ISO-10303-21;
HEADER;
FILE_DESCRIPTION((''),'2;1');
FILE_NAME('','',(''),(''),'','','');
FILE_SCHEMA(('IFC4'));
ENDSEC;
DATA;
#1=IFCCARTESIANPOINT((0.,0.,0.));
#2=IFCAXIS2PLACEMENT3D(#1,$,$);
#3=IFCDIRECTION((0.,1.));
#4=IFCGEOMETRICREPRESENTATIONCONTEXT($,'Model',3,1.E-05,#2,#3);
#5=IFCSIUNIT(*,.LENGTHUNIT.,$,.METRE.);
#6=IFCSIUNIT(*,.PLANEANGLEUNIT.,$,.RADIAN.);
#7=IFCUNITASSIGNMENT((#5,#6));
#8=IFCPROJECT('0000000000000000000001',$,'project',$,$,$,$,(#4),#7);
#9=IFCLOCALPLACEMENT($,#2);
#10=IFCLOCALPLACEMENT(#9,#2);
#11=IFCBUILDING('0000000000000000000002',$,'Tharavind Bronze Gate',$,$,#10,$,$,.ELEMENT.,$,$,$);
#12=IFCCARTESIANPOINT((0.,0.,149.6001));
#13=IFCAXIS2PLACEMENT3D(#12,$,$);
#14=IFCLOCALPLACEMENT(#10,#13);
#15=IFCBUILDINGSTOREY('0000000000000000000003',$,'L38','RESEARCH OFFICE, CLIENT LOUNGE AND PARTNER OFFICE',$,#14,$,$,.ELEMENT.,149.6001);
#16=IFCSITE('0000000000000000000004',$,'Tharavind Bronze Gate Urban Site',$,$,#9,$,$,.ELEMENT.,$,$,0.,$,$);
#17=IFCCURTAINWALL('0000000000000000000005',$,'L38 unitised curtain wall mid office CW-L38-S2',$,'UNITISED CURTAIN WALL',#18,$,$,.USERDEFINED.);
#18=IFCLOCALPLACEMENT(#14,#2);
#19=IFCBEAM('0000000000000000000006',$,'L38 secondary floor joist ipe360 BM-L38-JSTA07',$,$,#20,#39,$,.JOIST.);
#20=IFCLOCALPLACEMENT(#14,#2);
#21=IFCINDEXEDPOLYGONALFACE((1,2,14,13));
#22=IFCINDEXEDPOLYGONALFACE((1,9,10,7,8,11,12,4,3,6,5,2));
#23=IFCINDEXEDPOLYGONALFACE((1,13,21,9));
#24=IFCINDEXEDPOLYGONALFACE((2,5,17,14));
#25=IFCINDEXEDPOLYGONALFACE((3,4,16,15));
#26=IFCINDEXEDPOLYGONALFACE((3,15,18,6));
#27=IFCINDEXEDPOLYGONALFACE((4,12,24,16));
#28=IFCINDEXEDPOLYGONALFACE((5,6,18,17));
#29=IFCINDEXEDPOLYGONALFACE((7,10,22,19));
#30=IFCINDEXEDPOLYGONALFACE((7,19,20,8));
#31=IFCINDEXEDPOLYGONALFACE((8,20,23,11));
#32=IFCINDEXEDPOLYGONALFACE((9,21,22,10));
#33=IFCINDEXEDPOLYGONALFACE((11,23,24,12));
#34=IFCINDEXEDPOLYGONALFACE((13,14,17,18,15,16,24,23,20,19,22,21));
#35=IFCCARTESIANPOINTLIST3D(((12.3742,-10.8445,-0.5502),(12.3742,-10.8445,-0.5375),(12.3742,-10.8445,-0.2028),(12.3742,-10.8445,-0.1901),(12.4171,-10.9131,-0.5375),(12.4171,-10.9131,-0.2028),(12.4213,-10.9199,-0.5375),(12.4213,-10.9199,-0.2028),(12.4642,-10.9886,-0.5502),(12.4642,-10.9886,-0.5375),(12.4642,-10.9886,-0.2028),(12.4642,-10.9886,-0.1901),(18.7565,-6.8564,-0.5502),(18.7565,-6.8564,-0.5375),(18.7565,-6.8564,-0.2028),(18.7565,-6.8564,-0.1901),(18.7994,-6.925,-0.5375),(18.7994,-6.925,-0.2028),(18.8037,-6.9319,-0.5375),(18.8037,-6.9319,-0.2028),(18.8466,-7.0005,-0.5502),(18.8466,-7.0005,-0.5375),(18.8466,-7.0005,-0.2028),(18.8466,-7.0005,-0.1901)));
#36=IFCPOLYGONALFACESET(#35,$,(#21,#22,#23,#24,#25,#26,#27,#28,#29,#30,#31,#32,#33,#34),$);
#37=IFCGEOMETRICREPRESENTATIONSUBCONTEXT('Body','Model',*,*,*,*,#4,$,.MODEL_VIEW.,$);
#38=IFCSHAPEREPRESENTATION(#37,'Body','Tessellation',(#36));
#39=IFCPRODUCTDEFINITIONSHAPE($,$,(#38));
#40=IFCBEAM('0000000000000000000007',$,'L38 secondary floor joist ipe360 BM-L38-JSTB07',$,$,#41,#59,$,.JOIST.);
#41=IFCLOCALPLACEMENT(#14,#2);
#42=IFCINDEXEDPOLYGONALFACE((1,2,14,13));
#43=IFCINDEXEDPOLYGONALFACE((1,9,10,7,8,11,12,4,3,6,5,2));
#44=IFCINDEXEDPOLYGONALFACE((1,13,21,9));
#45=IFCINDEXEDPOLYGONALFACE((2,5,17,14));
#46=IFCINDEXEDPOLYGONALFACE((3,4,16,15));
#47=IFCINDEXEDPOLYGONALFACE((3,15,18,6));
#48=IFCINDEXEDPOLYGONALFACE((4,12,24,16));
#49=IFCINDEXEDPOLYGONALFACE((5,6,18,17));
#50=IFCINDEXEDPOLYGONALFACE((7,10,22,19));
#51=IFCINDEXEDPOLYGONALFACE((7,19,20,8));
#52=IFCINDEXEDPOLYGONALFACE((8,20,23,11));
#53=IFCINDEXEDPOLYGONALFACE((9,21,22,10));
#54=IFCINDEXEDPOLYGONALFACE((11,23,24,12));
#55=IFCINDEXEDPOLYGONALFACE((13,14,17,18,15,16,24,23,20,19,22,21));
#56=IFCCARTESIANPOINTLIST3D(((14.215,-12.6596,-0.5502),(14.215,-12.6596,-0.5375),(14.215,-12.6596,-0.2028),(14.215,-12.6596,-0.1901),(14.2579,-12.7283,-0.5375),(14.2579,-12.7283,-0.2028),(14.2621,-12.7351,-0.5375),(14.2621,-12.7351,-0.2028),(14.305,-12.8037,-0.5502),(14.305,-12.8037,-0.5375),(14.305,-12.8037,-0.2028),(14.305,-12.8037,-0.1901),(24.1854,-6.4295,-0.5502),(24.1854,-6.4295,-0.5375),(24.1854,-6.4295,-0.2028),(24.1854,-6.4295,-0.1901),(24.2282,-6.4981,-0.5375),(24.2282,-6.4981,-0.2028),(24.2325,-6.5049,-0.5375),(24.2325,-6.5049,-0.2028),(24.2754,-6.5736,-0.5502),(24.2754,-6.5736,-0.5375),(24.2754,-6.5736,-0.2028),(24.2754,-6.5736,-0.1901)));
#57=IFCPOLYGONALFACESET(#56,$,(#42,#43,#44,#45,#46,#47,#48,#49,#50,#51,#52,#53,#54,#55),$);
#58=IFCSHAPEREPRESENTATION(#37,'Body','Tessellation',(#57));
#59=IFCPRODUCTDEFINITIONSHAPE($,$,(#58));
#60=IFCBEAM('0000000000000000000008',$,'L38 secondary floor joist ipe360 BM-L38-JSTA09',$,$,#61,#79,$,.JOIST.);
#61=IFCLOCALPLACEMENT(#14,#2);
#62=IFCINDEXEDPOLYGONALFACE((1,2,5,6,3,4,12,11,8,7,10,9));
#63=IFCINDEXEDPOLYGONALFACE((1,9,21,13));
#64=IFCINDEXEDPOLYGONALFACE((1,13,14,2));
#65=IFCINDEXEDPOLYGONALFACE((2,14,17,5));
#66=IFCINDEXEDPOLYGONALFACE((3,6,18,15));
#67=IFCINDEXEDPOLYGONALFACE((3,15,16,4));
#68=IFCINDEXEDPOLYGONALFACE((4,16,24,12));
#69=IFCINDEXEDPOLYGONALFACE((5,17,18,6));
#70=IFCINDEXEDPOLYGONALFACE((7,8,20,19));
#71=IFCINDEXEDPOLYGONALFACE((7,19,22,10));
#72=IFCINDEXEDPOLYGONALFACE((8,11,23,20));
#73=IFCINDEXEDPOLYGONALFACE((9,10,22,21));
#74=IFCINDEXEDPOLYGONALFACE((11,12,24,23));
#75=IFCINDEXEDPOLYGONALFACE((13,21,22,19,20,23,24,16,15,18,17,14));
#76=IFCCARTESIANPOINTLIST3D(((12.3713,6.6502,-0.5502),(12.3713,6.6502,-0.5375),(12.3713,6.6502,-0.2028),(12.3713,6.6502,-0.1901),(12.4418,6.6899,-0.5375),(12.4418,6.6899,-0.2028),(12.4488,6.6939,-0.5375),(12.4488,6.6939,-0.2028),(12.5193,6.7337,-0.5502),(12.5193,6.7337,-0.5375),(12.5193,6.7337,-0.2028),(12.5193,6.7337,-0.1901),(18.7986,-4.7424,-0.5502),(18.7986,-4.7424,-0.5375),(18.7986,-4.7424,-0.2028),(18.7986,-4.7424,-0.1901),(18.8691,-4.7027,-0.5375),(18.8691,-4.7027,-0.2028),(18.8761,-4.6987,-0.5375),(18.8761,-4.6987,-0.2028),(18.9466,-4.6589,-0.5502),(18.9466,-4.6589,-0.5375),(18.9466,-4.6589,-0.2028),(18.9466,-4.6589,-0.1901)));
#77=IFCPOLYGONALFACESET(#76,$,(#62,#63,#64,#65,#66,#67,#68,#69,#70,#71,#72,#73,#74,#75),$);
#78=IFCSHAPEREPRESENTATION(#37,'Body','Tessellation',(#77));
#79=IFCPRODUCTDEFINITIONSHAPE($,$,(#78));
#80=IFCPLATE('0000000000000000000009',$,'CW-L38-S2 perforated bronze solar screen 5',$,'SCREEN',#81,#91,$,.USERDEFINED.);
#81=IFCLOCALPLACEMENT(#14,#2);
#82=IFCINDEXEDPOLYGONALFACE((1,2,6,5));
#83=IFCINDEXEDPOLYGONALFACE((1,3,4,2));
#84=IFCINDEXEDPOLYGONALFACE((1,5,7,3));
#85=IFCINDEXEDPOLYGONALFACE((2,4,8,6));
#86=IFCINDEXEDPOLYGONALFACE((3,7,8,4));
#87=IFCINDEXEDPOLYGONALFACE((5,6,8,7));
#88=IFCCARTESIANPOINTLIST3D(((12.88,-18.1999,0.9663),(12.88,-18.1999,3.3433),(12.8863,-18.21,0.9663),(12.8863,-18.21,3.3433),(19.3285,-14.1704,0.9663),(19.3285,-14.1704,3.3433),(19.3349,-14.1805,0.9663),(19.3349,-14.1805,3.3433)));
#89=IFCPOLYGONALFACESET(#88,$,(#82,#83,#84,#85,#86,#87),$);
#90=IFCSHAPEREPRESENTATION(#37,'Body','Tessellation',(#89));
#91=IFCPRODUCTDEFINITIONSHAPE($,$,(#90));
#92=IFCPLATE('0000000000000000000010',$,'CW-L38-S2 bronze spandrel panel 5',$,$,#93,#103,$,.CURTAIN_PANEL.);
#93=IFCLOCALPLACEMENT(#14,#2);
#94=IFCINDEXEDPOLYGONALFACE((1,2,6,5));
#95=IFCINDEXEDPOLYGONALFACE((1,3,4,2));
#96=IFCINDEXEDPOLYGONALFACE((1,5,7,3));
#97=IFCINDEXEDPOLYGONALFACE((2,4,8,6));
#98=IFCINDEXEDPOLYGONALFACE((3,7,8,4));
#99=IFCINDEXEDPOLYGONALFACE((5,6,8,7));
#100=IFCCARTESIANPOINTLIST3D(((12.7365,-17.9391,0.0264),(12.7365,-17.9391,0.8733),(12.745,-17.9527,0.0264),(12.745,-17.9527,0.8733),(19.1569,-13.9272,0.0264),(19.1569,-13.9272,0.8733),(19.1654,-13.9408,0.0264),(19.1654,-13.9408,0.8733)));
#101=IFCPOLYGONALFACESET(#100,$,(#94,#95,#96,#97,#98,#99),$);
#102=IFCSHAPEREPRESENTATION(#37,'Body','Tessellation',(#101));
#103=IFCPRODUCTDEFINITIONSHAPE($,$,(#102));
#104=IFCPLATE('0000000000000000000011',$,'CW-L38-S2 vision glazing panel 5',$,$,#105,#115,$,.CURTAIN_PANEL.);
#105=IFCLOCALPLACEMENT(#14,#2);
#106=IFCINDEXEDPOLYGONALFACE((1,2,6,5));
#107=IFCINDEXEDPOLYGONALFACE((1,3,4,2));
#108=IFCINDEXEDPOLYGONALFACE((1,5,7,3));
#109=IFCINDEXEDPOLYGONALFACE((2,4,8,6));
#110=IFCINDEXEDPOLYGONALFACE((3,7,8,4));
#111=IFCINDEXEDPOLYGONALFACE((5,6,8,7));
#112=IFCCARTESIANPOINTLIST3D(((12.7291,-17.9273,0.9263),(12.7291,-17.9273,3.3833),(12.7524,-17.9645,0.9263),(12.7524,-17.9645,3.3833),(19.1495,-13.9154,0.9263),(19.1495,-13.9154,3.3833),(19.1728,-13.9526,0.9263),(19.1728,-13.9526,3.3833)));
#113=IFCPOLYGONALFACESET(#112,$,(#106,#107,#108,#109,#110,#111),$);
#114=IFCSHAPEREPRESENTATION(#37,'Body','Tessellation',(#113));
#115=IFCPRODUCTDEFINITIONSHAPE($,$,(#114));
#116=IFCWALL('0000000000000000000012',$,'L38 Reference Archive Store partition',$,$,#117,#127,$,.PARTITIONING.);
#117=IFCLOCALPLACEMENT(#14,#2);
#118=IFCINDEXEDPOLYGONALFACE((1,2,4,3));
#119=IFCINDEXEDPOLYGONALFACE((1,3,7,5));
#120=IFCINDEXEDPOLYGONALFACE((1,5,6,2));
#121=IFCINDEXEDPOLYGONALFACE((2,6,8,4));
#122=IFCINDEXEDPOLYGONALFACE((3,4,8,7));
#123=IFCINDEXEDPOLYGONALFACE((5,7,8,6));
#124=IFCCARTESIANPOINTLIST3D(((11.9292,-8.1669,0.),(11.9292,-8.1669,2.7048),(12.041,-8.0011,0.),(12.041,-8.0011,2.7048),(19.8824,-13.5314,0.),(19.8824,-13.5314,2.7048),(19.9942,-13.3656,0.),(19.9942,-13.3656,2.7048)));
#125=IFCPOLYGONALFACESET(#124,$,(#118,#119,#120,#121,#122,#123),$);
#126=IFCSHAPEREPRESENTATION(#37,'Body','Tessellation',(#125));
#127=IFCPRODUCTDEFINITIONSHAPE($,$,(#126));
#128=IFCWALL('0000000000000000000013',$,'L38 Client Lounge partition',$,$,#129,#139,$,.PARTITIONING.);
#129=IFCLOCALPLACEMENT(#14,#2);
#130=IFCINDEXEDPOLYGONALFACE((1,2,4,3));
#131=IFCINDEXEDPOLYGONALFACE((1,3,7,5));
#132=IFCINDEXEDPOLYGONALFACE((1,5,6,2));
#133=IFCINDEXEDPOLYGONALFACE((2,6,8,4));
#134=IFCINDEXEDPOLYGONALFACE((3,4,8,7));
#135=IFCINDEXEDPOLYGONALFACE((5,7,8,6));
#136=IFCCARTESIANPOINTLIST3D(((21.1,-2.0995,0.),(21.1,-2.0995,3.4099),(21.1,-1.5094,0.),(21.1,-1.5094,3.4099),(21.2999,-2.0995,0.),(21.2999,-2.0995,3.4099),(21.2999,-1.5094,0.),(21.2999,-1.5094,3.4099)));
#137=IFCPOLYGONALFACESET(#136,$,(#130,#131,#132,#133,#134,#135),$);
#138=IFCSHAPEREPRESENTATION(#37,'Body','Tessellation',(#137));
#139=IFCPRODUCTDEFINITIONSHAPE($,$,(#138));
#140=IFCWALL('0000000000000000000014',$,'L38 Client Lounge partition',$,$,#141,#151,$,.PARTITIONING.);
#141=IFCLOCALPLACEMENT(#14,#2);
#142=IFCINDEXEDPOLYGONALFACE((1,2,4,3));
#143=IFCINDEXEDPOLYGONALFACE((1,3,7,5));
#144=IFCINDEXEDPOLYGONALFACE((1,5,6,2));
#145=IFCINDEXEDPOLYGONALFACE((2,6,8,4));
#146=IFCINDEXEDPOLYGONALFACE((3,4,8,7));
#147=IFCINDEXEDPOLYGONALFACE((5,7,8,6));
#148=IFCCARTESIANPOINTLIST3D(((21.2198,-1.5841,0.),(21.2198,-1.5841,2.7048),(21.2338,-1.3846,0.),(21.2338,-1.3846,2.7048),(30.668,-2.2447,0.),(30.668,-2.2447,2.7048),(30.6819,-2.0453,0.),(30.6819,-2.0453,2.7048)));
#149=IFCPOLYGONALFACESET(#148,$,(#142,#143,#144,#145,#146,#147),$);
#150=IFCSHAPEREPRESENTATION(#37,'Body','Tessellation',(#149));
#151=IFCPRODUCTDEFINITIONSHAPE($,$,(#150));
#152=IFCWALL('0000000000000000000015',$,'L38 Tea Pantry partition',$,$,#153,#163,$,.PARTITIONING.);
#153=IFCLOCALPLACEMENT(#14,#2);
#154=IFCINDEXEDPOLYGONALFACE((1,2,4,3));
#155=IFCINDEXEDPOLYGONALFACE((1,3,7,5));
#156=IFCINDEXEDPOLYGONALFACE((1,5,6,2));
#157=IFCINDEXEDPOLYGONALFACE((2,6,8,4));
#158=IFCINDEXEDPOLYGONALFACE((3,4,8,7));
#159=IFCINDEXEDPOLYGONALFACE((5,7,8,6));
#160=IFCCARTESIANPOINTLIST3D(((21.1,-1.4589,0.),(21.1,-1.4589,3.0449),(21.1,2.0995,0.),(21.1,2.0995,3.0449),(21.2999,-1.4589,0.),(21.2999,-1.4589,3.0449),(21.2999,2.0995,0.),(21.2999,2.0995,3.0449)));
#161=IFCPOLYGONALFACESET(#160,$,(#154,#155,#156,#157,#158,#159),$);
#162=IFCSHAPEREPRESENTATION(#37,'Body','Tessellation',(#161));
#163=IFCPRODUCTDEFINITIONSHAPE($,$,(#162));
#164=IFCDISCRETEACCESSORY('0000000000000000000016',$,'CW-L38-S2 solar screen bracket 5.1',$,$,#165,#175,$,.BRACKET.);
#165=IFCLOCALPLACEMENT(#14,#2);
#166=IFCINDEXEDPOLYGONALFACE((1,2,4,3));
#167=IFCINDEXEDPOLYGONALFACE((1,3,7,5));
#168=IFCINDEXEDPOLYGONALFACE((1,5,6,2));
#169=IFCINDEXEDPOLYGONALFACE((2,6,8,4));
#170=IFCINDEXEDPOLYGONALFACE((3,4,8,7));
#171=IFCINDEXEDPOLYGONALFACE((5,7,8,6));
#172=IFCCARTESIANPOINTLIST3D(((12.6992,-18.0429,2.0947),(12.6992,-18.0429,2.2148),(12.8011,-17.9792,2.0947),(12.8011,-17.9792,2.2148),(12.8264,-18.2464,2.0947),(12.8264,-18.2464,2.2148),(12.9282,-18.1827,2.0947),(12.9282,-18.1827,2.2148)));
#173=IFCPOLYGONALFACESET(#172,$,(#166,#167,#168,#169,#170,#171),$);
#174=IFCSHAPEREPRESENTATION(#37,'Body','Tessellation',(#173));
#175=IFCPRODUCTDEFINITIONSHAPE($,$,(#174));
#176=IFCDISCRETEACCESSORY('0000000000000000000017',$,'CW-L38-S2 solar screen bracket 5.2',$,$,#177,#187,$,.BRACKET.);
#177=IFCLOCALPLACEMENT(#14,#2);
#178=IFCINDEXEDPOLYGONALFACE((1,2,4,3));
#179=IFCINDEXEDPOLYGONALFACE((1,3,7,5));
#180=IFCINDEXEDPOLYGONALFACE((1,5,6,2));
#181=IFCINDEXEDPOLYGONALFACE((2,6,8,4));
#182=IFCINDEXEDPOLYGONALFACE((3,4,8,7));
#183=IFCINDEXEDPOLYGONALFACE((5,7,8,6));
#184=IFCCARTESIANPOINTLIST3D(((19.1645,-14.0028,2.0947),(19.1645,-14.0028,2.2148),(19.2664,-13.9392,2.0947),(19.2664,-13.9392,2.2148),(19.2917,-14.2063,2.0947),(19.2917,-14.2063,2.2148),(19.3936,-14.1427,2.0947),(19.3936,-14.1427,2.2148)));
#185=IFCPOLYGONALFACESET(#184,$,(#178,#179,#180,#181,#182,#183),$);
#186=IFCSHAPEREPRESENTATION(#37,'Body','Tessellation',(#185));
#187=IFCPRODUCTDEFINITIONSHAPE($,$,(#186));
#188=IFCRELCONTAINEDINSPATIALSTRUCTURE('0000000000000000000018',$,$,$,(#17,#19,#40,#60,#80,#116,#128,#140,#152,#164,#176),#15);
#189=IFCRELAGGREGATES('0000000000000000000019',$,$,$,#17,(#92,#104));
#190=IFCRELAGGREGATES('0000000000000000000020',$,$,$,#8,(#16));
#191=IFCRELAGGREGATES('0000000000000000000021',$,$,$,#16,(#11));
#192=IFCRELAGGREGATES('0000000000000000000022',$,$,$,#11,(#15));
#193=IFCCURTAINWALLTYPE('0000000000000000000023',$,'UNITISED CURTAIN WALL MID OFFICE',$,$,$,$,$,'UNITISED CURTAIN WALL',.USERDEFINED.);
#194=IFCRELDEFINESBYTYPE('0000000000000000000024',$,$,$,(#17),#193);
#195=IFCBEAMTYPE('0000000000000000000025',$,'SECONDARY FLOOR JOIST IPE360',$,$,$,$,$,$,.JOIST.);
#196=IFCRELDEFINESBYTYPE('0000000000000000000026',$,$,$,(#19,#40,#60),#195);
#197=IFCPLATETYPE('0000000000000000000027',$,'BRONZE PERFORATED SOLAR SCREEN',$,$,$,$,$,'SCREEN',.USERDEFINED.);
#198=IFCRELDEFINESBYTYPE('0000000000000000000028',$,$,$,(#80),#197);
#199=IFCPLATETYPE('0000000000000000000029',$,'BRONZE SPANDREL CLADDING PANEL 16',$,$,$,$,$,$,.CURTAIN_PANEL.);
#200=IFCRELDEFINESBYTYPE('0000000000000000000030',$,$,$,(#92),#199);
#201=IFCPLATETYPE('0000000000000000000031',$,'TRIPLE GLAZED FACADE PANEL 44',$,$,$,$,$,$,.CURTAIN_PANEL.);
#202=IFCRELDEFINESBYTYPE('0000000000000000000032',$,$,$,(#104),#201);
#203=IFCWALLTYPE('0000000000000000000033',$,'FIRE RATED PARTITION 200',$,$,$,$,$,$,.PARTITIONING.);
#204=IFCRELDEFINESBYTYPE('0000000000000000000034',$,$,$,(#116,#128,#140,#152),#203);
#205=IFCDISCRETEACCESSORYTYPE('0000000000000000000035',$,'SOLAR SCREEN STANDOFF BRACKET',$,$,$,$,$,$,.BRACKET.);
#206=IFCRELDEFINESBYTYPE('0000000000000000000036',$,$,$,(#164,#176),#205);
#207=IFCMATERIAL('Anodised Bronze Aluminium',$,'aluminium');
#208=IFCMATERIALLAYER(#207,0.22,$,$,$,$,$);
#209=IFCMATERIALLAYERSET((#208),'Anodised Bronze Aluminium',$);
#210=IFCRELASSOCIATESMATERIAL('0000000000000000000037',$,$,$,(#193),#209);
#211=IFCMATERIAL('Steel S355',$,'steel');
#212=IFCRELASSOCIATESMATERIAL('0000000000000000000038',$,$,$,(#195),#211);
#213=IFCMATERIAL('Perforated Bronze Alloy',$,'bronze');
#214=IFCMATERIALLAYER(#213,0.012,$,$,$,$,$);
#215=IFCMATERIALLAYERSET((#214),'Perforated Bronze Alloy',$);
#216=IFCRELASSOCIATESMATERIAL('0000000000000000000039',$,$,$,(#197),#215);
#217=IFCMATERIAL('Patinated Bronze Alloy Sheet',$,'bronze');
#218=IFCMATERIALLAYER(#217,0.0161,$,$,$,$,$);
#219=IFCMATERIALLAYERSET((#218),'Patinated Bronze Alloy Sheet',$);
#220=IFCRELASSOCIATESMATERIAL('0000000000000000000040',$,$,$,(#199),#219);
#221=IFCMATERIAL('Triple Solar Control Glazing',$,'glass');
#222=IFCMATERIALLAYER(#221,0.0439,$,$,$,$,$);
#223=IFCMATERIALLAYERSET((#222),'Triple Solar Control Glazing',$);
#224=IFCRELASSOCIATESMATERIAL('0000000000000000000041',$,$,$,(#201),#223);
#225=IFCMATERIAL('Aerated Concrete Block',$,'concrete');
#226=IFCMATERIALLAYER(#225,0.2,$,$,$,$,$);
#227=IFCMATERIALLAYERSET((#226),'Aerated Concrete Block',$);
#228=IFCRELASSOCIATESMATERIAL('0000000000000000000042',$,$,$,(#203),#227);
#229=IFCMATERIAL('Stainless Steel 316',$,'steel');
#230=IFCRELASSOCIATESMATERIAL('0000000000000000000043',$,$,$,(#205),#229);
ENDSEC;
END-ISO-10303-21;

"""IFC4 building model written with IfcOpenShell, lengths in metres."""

from ifc_helpers import new_model, si_unit, direction, frame, frame_2d, origin, origin_2d, place, context, subcontext, project, spatial, rectangle, i_section, extrude, material, layer, layer_set, material_profile, profile_set, type_object, element, aggregate, save


model = new_model("IFC4")

# Units and contexts
model_context = context("Model", 3, precision=1e-05, world=origin(), true_north=direction((0.0, 1.0)))
body_context = subcontext(model_context, "Body", "Model", "MODEL_VIEW")
ifc_project = project(units=[si_unit("LENGTHUNIT", "METRE"), si_unit("PLANEANGLEUNIT", "RADIAN")], contexts=[model_context])

# Site, building, storey
site_placement = place(None, origin())
site = spatial("IfcSite", under=ifc_project, at=site_placement, Name="Tharavind Bronze Gate Urban Site", CompositionType="ELEMENT", RefElevation=0.0)
building_placement = place(site_placement, origin())
building = spatial("IfcBuilding", under=site, at=building_placement, Name="Tharavind Bronze Gate", CompositionType="ELEMENT")
storey_placement = place(building_placement, frame((0.0, 0.0, 149.6001)))
storey = spatial("IfcBuildingStorey", under=building, at=storey_placement, Name="L38", Description="RESEARCH OFFICE, CLIENT LOUNGE AND PARTNER OFFICE", CompositionType="ELEMENT", Elevation=149.6001)

# Curtain wall
ifc_material_1 = material(Name="Anodised Bronze Aluminium", Category="aluminium")
ifc_layer_1 = layer(ifc_material_1, 0.22)
ifc_layer_set_1 = layer_set([ifc_layer_1], Name="Anodised Bronze Aluminium")
curtain_wall_type = type_object("IfcCurtainWallType", Name="UNITISED CURTAIN WALL MID OFFICE", ElementType="UNITISED CURTAIN WALL", PredefinedType="USERDEFINED", material=ifc_layer_set_1)
curtain_wall_placement = place(storey_placement, origin())
curtain_wall = element("IfcCurtainWall", 1, at=curtain_wall_placement, inside=storey, type_object=curtain_wall_type, Name="L38 unitised curtain wall mid office CW-L38-S2", ObjectType="UNITISED CURTAIN WALL", PredefinedType="USERDEFINED")

# Beams
ifc_material_2 = material(Name="Steel S355", Category="steel")
ifc_material_profile_1 = material_profile(ifc_material_2, i_section(OverallWidth=0.1699, OverallDepth=0.3601, WebThickness=0.0081, FlangeThickness=0.0127, at=origin_2d()), Name="IPE360")
ifc_profile_set_1 = profile_set([ifc_material_profile_1], Name="Steel S355")
beam_type_1 = type_object("IfcBeamType", Name="SECONDARY FLOOR JOIST IPE360", PredefinedType="JOIST", material=ifc_profile_set_1)
beam_1_placement = place(storey_placement, frame((12.4192, -10.9165, -0.3701), z_axis=(0.848053, 0.529911, 0.0), x_axis=(-0.529911, 0.848053, 0.0)))
element("IfcBeam", 2, at=beam_1_placement, inside=storey, type_object=beam_type_1, Name="L38 secondary floor joist ipe360 BM-L38-JSTA07", PredefinedType="JOIST", context=body_context, shape_type="SweptSolid", body=[
    extrude(i_section(OverallWidth=0.1699, OverallDepth=0.3601, WebThickness=0.0081, FlangeThickness=0.0127, at=origin_2d()), origin(), (0.0, 0.0, 1.0), 7.5259),
])
beam_2_placement = place(storey_placement, frame((14.26, -12.7317, -0.3701), z_axis=(0.848048, 0.529919, 0.0), x_axis=(-0.529919, 0.848048, 0.0)))
element("IfcBeam", 3, at=beam_2_placement, inside=storey, type_object=beam_type_1, Name="L38 secondary floor joist ipe360 BM-L38-JSTB07", PredefinedType="JOIST", context=body_context, shape_type="SweptSolid", body=[
    extrude(i_section(OverallWidth=0.1699, OverallDepth=0.3601, WebThickness=0.0081, FlangeThickness=0.0127, at=origin_2d()), origin(), (0.0, 0.0, 1.0), 11.7568),
])
beam_3_placement = place(storey_placement, frame((18.8726, -4.7007, -0.3701), z_axis=(-0.49136, 0.870957, 0.0), x_axis=(-0.870957, -0.49136, 0.0)))
element("IfcBeam", 4, at=beam_3_placement, inside=storey, type_object=beam_type_1, Name="L38 secondary floor joist ipe360 BM-L38-JSTA09", PredefinedType="JOIST", context=body_context, shape_type="SweptSolid", body=[
    extrude(i_section(OverallWidth=0.1699, OverallDepth=0.3601, WebThickness=0.0081, FlangeThickness=0.0127, at=origin_2d()), origin(), (0.0, 0.0, 1.0), 13.0806),
])

# Plates
ifc_material_3 = material(Name="Perforated Bronze Alloy", Category="bronze")
ifc_layer_2 = layer(ifc_material_3, 0.012)
ifc_layer_set_2 = layer_set([ifc_layer_2], Name="Perforated Bronze Alloy")
plate_type_1 = type_object("IfcPlateType", Name="BRONZE PERFORATED SOLAR SCREEN", ElementType="SCREEN", PredefinedType="USERDEFINED", material=ifc_layer_set_2)
plate_1_placement = place(storey_placement, frame((16.1074, -16.1902, 0.9663), z_axis=(0.0, 0.0, 1.0), x_axis=(0.848048, 0.529919, 0.0)))
element("IfcPlate", 5, at=plate_1_placement, inside=storey, type_object=plate_type_1, Name="CW-L38-S2 perforated bronze solar screen 5", ObjectType="SCREEN", PredefinedType="USERDEFINED", context=body_context, shape_type="SweptSolid", body=[
    extrude(rectangle(XDim=7.604, YDim=0.012, at=origin_2d()), origin(), (0.0, 0.0, 1.0), 2.377),
])
ifc_material_4 = material(Name="Patinated Bronze Alloy Sheet", Category="bronze")
ifc_layer_3 = layer(ifc_material_4, 0.0161)
ifc_layer_set_3 = layer_set([ifc_layer_3], Name="Patinated Bronze Alloy Sheet")
plate_type_2 = type_object("IfcPlateType", Name="BRONZE SPANDREL CLADDING PANEL 16", PredefinedType="CURTAIN_PANEL", material=ifc_layer_set_3)
plate_2_placement = place(storey_placement, frame((15.9509, -15.9399, 0.0264), z_axis=(0.0, 0.0, 1.0), x_axis=(0.848048, 0.529919, 0.0)))
plate_2 = element("IfcPlate", 6, at=plate_2_placement, type_object=plate_type_2, Name="CW-L38-S2 bronze spandrel panel 5", PredefinedType="CURTAIN_PANEL", context=body_context, shape_type="SweptSolid", body=[
    extrude(rectangle(XDim=7.5708, YDim=0.0161, at=origin_2d()), origin(), (0.0, 0.0, 1.0), 0.8469),
])
ifc_material_5 = material(Name="Triple Solar Control Glazing", Category="glass")
ifc_layer_4 = layer(ifc_material_5, 0.0439)
ifc_layer_set_4 = layer_set([ifc_layer_4], Name="Triple Solar Control Glazing")
plate_type_3 = type_object("IfcPlateType", Name="TRIPLE GLAZED FACADE PANEL 44", PredefinedType="CURTAIN_PANEL", material=ifc_layer_set_4)
plate_3_placement = place(storey_placement, frame((15.9509, -15.9399, 0.9263), z_axis=(0.0, 0.0, 1.0), x_axis=(0.848048, 0.529919, 0.0)))
plate_3 = element("IfcPlate", 7, at=plate_3_placement, type_object=plate_type_3, Name="CW-L38-S2 vision glazing panel 5", PredefinedType="CURTAIN_PANEL", context=body_context, shape_type="SweptSolid", body=[
    extrude(rectangle(XDim=7.5708, YDim=0.0439, at=origin_2d()), origin(), (0.0, 0.0, 1.0), 2.457),
])
aggregate(curtain_wall, [plate_2, plate_3])

# Walls
ifc_material_6 = material(Name="Aerated Concrete Block", Category="concrete")
ifc_layer_5 = layer(ifc_material_6, 0.2)
ifc_layer_set_5 = layer_set([ifc_layer_5], Name="Aerated Concrete Block")
wall_type = type_object("IfcWallType", Name="FIRE RATED PARTITION 200", PredefinedType="PARTITIONING", material=ifc_layer_set_5)
wall_1_placement = place(storey_placement, frame((11.9851, -8.084, 0.0), z_axis=(0.0, 0.0, 1.0), x_axis=(0.829035, -0.559197, 0.0)))
element("IfcWall", 8, at=wall_1_placement, inside=storey, type_object=wall_type, Name="L38 Reference Archive Store partition", PredefinedType="PARTITIONING", context=body_context, shape_type="SweptSolid", body=[
    extrude(rectangle(XDim=9.5933, YDim=0.2, at=frame_2d((4.7966, 0.0))), origin(), (0.0, 0.0, 1.0), 2.7048),
])
wall_2_placement = place(storey_placement, frame((21.2, -2.0994, 0.0), z_axis=(0.0, 0.0, 1.0), x_axis=(0.0, 1.0, 0.0)))
element("IfcWall", 9, at=wall_2_placement, inside=storey, type_object=wall_type, Name="L38 Client Lounge partition", PredefinedType="PARTITIONING", context=body_context, shape_type="SweptSolid", body=[
    extrude(rectangle(XDim=0.5901, YDim=0.2, at=frame_2d((0.2949, 0.0))), origin(), (0.0, 0.0, 1.0), 3.4099),
])
wall_3_placement = place(storey_placement, frame((21.2268, -1.4844, 0.0), z_axis=(0.0, 0.0, 1.0), x_axis=(0.997564, -0.069752, 0.0)))
element("IfcWall", 10, at=wall_3_placement, inside=storey, type_object=wall_type, Name="L38 Client Lounge partition", PredefinedType="PARTITIONING", context=body_context, shape_type="SweptSolid", body=[
    extrude(rectangle(XDim=9.4712, YDim=0.2, at=frame_2d((4.7356, 0.0))), origin(), (0.0, 0.0, 1.0), 2.7048),
])
wall_4_placement = place(storey_placement, frame((21.2, -1.459, 0.0), z_axis=(0.0, 0.0, 1.0), x_axis=(0.0, 1.0, 0.0)))
element("IfcWall", 11, at=wall_4_placement, inside=storey, type_object=wall_type, Name="L38 Tea Pantry partition", PredefinedType="PARTITIONING", context=body_context, shape_type="SweptSolid", body=[
    extrude(rectangle(XDim=3.5583, YDim=0.2, at=frame_2d((1.7793, 0.0))), origin(), (0.0, 0.0, 1.0), 3.0449),
])

# Discrete accessories
ifc_material_7 = material(Name="Stainless Steel 316", Category="steel")
discrete_accessory_type = type_object("IfcDiscreteAccessoryType", Name="SOLAR SCREEN STANDOFF BRACKET", PredefinedType="BRACKET", material=ifc_material_7)
for number, where, z_axis, x_axis, name in (
    (12, (12.8137, -18.1128, 2.0947), (0.0, 0.0, 1.0), (0.848048, 0.529919, 0.0), "CW-L38-S2 solar screen bracket 5.1"),
    (13, (19.2791, -14.0728, 2.0947), (0.0, 0.0, 1.0), (0.848048, 0.529919, 0.0), "CW-L38-S2 solar screen bracket 5.2"),
):
    element("IfcDiscreteAccessory", number, at=place(storey_placement, frame(where, z_axis=z_axis, x_axis=x_axis)), inside=storey, type_object=discrete_accessory_type, Name=name, PredefinedType="BRACKET", context=body_context, shape_type="SweptSolid", body=[
        extrude(rectangle(XDim=0.1201, YDim=0.24, at=origin_2d()), origin(), (0.0, 0.0, 1.0), 0.1201),
    ])

save(model, "model.ifc")
